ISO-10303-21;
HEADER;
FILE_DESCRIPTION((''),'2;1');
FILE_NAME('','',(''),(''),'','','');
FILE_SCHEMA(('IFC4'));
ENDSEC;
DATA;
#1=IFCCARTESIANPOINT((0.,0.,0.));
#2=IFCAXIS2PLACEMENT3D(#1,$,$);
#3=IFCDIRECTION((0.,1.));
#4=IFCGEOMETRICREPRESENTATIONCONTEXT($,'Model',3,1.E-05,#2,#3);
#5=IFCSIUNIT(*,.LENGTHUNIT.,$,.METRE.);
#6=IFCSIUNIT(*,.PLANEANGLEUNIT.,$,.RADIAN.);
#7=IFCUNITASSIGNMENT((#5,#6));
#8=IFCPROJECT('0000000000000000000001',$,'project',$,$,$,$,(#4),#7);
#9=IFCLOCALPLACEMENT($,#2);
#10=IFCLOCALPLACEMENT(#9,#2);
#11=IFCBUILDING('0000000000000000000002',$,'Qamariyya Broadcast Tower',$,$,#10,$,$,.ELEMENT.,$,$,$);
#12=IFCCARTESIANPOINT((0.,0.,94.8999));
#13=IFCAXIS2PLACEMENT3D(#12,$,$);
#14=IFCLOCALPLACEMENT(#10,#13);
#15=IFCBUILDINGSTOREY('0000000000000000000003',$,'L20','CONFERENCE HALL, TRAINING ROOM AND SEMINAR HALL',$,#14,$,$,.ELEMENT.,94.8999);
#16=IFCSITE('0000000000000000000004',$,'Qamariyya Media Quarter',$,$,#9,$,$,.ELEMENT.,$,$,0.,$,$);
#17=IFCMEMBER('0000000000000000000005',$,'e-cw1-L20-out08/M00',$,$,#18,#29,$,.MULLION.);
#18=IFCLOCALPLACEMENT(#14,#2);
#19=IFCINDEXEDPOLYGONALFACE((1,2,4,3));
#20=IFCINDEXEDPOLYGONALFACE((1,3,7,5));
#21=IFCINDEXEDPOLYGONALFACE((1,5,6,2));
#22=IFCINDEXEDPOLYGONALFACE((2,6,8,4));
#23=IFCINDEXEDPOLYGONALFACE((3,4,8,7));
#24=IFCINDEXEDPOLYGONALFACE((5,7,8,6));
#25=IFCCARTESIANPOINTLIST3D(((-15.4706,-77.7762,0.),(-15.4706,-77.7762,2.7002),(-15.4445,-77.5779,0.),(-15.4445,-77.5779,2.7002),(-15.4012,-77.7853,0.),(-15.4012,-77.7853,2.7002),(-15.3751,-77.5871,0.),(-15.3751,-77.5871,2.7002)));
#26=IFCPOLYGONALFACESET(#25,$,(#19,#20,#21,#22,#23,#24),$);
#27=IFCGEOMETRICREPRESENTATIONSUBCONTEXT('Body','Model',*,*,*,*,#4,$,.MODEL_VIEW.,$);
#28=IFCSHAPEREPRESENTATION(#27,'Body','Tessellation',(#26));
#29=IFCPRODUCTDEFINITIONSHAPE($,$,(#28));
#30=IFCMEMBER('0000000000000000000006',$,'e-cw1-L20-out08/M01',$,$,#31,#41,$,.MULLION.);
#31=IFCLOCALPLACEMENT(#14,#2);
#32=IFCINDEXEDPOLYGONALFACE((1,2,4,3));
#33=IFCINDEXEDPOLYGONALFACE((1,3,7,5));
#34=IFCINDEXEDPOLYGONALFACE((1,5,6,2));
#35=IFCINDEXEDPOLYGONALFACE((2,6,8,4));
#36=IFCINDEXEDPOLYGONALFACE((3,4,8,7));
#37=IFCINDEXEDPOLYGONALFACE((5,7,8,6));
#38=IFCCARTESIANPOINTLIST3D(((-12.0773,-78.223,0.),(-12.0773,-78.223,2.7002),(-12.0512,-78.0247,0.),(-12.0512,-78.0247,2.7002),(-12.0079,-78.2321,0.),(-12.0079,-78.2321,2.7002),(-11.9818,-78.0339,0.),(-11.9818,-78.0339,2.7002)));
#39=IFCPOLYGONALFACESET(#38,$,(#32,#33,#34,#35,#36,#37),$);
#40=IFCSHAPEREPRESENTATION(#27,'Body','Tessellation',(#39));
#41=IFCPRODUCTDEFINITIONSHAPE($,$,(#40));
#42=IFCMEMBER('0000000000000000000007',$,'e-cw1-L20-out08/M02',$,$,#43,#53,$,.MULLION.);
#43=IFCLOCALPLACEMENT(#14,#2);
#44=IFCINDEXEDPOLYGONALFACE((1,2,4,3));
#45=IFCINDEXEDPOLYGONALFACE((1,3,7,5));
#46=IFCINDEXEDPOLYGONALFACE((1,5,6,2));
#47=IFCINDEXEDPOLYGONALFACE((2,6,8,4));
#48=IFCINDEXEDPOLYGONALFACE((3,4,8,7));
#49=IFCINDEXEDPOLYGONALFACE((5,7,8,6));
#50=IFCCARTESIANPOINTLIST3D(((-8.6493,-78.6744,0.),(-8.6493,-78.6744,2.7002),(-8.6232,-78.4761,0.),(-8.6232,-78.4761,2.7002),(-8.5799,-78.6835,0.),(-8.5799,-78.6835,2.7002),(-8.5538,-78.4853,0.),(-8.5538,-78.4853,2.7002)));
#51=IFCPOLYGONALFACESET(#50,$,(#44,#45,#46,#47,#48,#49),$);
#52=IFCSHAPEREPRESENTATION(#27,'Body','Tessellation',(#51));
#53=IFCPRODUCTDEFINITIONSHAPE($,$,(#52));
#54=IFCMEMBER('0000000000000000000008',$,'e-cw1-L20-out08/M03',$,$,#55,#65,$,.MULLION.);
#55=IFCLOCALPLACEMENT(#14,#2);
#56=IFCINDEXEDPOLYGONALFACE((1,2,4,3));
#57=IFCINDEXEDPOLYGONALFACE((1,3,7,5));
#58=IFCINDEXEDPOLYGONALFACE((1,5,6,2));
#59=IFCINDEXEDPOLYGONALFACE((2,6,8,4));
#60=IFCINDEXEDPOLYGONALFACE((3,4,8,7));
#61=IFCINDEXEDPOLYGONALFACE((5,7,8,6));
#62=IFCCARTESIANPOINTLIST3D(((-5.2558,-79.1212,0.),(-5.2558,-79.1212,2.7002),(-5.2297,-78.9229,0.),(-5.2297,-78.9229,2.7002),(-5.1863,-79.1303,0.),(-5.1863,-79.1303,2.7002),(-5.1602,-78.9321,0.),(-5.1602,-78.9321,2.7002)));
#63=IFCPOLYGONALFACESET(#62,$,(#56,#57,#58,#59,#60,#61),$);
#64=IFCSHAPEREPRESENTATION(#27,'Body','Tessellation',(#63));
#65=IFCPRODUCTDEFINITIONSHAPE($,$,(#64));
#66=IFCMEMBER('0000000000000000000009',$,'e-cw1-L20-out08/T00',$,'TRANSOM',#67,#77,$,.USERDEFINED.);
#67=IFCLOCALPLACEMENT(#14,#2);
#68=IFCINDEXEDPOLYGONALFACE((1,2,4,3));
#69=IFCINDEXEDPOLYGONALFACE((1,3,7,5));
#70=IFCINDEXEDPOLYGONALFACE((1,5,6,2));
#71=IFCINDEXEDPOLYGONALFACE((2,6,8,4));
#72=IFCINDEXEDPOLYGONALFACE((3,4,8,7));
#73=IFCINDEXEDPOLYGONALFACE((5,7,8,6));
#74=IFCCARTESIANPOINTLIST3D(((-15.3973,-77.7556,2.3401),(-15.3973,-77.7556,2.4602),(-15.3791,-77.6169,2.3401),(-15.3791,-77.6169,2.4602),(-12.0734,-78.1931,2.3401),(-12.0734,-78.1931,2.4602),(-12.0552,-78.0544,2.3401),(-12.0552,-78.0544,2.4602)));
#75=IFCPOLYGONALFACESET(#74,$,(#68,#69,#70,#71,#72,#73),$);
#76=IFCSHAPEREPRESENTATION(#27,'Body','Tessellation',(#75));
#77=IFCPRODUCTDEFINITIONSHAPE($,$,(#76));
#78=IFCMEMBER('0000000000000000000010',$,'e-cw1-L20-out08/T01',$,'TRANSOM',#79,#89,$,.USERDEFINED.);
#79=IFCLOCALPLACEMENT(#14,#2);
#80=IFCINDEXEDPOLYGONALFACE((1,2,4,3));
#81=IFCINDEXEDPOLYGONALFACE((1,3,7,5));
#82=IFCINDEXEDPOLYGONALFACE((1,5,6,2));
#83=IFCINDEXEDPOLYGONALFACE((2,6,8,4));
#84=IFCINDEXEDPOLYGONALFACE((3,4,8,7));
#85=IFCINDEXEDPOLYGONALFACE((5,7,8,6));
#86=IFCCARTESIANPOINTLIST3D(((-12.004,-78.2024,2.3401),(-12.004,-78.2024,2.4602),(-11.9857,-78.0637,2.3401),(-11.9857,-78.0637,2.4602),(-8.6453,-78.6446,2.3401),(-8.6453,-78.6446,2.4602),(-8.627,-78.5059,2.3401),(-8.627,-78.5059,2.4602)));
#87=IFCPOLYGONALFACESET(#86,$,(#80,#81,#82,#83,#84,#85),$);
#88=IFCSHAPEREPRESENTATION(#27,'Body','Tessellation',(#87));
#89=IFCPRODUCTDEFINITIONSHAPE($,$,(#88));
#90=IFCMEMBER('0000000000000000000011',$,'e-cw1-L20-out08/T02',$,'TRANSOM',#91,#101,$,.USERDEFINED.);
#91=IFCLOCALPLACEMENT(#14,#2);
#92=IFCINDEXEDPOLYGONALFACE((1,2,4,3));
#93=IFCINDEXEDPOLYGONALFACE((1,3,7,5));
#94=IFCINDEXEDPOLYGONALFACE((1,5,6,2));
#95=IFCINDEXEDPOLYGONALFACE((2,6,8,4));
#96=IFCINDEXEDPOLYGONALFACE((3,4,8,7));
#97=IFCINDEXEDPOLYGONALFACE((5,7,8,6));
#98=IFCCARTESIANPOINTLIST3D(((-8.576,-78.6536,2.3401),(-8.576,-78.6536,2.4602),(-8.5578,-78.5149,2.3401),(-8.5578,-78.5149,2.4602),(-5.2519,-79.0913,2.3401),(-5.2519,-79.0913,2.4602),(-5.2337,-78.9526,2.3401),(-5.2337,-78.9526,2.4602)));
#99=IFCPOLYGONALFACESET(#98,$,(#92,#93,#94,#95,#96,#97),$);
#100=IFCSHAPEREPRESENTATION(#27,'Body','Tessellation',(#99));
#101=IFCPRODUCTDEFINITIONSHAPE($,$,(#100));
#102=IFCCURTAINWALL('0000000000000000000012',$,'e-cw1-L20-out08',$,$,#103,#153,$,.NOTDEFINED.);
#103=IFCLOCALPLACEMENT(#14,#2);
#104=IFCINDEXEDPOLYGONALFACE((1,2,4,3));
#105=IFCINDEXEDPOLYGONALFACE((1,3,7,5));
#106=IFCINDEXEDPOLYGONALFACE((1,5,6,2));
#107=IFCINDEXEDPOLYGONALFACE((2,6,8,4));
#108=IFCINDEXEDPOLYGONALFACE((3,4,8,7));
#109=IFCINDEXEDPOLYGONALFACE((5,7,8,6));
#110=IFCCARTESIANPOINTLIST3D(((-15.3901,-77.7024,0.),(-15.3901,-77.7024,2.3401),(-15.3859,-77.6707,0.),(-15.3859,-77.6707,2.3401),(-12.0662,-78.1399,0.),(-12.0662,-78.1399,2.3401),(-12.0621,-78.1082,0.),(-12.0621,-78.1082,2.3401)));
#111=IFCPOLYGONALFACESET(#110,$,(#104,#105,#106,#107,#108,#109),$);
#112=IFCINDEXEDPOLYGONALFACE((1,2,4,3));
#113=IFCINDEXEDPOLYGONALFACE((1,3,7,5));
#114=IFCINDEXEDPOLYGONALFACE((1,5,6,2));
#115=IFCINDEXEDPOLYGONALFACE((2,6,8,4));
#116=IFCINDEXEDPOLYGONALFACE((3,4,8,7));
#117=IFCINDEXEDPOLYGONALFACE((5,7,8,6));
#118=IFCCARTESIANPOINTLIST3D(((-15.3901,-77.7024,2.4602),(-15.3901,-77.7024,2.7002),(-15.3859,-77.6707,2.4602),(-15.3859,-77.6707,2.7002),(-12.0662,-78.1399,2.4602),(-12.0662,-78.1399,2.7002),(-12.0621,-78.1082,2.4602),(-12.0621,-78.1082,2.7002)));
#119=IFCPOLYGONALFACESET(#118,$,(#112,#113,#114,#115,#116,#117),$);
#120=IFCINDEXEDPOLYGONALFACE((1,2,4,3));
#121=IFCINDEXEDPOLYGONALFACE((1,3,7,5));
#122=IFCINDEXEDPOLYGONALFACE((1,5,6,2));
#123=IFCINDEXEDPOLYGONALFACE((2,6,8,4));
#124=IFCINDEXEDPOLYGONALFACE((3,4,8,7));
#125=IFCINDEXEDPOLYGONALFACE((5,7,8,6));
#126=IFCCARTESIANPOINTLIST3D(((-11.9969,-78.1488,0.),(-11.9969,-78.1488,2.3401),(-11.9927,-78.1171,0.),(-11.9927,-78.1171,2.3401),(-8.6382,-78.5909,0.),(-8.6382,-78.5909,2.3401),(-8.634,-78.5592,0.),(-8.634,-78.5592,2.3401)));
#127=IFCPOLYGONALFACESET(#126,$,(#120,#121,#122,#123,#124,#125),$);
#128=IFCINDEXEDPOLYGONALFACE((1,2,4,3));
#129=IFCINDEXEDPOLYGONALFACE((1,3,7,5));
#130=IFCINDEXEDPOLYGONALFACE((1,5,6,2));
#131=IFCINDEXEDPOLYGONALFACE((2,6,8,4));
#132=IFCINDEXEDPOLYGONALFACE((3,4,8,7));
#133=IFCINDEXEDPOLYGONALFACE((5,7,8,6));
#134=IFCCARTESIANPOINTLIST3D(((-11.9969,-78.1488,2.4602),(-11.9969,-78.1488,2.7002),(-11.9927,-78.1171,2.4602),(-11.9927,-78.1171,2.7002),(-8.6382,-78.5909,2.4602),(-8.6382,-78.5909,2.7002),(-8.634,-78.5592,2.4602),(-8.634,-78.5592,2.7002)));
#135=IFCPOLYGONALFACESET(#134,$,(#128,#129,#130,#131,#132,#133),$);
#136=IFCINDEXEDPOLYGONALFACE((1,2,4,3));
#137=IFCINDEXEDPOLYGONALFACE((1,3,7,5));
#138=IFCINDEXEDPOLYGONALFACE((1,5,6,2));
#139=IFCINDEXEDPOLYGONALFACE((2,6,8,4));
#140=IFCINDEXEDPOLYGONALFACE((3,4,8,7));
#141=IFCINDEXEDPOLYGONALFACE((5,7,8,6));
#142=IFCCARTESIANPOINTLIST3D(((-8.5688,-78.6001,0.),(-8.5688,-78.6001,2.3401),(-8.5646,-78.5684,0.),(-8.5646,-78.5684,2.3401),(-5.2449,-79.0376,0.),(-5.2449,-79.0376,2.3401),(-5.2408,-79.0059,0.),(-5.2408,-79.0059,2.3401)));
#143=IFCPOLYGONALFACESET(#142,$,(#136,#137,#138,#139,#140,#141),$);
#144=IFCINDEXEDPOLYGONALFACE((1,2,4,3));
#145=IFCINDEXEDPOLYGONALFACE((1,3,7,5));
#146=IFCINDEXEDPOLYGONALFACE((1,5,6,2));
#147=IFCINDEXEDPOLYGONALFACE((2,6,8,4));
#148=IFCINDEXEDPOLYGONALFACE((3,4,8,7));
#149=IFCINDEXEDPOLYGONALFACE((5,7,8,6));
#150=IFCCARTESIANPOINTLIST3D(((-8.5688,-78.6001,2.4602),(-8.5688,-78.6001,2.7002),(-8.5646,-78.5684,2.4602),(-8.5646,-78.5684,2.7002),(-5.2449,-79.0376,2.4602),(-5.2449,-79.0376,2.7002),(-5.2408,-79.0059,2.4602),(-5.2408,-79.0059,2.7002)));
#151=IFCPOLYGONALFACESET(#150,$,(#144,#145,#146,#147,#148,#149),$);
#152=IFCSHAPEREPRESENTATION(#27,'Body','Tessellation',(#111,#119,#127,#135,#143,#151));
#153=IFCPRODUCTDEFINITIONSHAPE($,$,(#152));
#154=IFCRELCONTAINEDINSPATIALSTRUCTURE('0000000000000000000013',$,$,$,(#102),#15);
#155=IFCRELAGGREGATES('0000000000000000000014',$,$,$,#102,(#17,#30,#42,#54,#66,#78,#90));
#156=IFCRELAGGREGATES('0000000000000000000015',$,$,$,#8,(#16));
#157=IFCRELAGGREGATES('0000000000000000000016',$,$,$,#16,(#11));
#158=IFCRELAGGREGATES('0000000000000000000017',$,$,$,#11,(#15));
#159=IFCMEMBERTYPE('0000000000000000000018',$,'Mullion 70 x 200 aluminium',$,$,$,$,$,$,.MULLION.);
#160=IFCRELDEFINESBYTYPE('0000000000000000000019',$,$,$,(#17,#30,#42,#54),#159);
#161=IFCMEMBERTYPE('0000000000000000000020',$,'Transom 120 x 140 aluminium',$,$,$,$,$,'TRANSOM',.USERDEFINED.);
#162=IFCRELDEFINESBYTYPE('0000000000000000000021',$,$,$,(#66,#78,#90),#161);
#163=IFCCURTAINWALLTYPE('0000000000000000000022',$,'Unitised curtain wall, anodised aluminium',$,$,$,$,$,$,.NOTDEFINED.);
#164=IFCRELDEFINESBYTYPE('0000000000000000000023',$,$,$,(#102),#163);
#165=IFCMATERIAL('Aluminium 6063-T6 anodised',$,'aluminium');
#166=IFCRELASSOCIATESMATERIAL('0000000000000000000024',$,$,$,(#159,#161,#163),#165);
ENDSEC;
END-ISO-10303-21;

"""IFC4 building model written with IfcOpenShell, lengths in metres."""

from ifc_helpers import new_model, si_unit, direction, frame, origin, origin_2d, place, context, subcontext, project, spatial, rectangle, extrude, material, material_profile, profile_set, type_object, element, aggregate, save


model = new_model("IFC4")

# Units and contexts
model_context = context("Model", 3, precision=1e-05, world=origin(), true_north=direction((0.0, 1.0)))
body_context = subcontext(model_context, "Body", "Model", "MODEL_VIEW")
ifc_project = project(units=[si_unit("LENGTHUNIT", "METRE"), si_unit("PLANEANGLEUNIT", "RADIAN")], contexts=[model_context])

# Members
ifc_material = material(Name="Aluminium 6063-T6 anodised", Category="aluminium")
ifc_material_profile_1 = material_profile(ifc_material, rectangle(XDim=0.2, YDim=0.0701, at=origin_2d()))
ifc_profile_set_1 = profile_set([ifc_material_profile_1], Name="Aluminium 6063-T6 anodised")
member_type_1 = type_object("IfcMemberType", Name="Mullion 70 x 200 aluminium", PredefinedType="MULLION", material=ifc_profile_set_1)
site_placement = place(None, origin())
building_placement = place(site_placement, origin())
storey_placement = place(building_placement, frame((0.0, 0.0, 94.8999)))
member_1_placement = place(storey_placement, frame((-15.4229, -77.6816, 0.0), z_axis=(0.0, 0.0, 1.0), x_axis=(0.130526, 0.991445, 0.0)))
member_1 = element("IfcMember", 1, at=member_1_placement, type_object=member_type_1, Name="e-cw1-L20-out08/M00", PredefinedType="MULLION", context=body_context, shape_type="SweptSolid", body=[
    extrude(rectangle(XDim=0.2, YDim=0.0701, at=origin_2d()), origin(), (0.0, 0.0, 1.0), 2.7002),
])
member_2_placement = place(storey_placement, frame((-12.0295, -78.1284, 0.0), z_axis=(0.0, 0.0, 1.0), x_axis=(0.130526, 0.991445, 0.0)))
member_2 = element("IfcMember", 2, at=member_2_placement, type_object=member_type_1, Name="e-cw1-L20-out08/M01", PredefinedType="MULLION", context=body_context, shape_type="SweptSolid", body=[
    extrude(rectangle(XDim=0.2, YDim=0.0701, at=origin_2d()), origin(), (0.0, 0.0, 1.0), 2.7002),
])
member_3_placement = place(storey_placement, frame((-8.6016, -78.5798, 0.0), z_axis=(0.0, 0.0, 1.0), x_axis=(0.130526, 0.991445, 0.0)))
member_3 = element("IfcMember", 3, at=member_3_placement, type_object=member_type_1, Name="e-cw1-L20-out08/M02", PredefinedType="MULLION", context=body_context, shape_type="SweptSolid", body=[
    extrude(rectangle(XDim=0.2, YDim=0.0701, at=origin_2d()), origin(), (0.0, 0.0, 1.0), 2.7002),
])
member_4_placement = place(storey_placement, frame((-5.208, -79.0266, 0.0), z_axis=(0.0, 0.0, 1.0), x_axis=(0.130526, 0.991445, 0.0)))
member_4 = element("IfcMember", 4, at=member_4_placement, type_object=member_type_1, Name="e-cw1-L20-out08/M03", PredefinedType="MULLION", context=body_context, shape_type="SweptSolid", body=[
    extrude(rectangle(XDim=0.2, YDim=0.0701, at=origin_2d()), origin(), (0.0, 0.0, 1.0), 2.7002),
])
ifc_material_profile_2 = material_profile(ifc_material, rectangle(XDim=0.1399, YDim=0.1201, at=origin_2d()))
ifc_profile_set_2 = profile_set([ifc_material_profile_2], Name="Aluminium 6063-T6 anodised")
member_type_2 = type_object("IfcMemberType", Name="Transom 120 x 140 aluminium", ElementType="TRANSOM", PredefinedType="USERDEFINED", material=ifc_profile_set_2)
member_5_placement = place(storey_placement, frame((-15.3882, -77.6863, 2.4001), z_axis=(0.991449, -0.130494, 0.0), x_axis=(0.130494, 0.991449, 0.0)))
member_5 = element("IfcMember", 5, at=member_5_placement, type_object=member_type_2, Name="e-cw1-L20-out08/T00", ObjectType="TRANSOM", PredefinedType="USERDEFINED", context=body_context, shape_type="SweptSolid", body=[
    extrude(rectangle(XDim=0.1399, YDim=0.1201, at=origin_2d()), origin(), (0.0, 0.0, 1.0), 3.3525),
])
member_6_placement = place(storey_placement, frame((-11.9949, -78.1331, 2.4001), z_axis=(0.991446, -0.130516, 0.0), x_axis=(0.130516, 0.991446, 0.0)))
member_6 = element("IfcMember", 6, at=member_6_placement, type_object=member_type_2, Name="e-cw1-L20-out08/T01", ObjectType="TRANSOM", PredefinedType="USERDEFINED", context=body_context, shape_type="SweptSolid", body=[
    extrude(rectangle(XDim=0.1399, YDim=0.1201, at=origin_2d()), origin(), (0.0, 0.0, 1.0), 3.3877),
])
member_7_placement = place(storey_placement, frame((-8.5669, -78.5842, 2.4001), z_axis=(0.99144, -0.130566, 0.0), x_axis=(0.130566, 0.99144, 0.0)))
member_7 = element("IfcMember", 7, at=member_7_placement, type_object=member_type_2, Name="e-cw1-L20-out08/T02", ObjectType="TRANSOM", PredefinedType="USERDEFINED", context=body_context, shape_type="SweptSolid", body=[
    extrude(rectangle(XDim=0.1399, YDim=0.1201, at=origin_2d()), origin(), (0.0, 0.0, 1.0), 3.3528),
])

# Site, building, storey
site = spatial("IfcSite", under=ifc_project, at=site_placement, Name="Qamariyya Media Quarter", CompositionType="ELEMENT", RefElevation=0.0)
building = spatial("IfcBuilding", under=site, at=building_placement, Name="Qamariyya Broadcast Tower", CompositionType="ELEMENT")
storey = spatial("IfcBuildingStorey", under=building, at=storey_placement, Name="L20", Description="CONFERENCE HALL, TRAINING ROOM AND SEMINAR HALL", CompositionType="ELEMENT", Elevation=94.8999)

# Curtain wall
curtain_wall_type = type_object("IfcCurtainWallType", Name="Unitised curtain wall, anodised aluminium", PredefinedType="NOTDEFINED", material=ifc_material)
curtain_wall_1_placement = place(storey_placement, origin())
curtain_wall_1 = element("IfcCurtainWall", 8, at=curtain_wall_1_placement, inside=storey, type_object=curtain_wall_type, Name="e-cw1-L20-out08", PredefinedType="NOTDEFINED", context=body_context, shape_type="SweptSolid", body=[
    extrude(rectangle(XDim=3.3525, YDim=0.032, at=origin_2d()), frame((-13.7261, -77.9053, 0.0), x_axis=(0.991447, -0.130509, 0.0)), (0.0, 0.0, 1.0), 2.3401),
    extrude(rectangle(XDim=3.3525, YDim=0.032, at=origin_2d()), frame((-13.7261, -77.9053, 2.4602), x_axis=(0.991447, -0.130509, 0.0)), (0.0, 0.0, 1.0), 0.24),
    extrude(rectangle(XDim=3.3877, YDim=0.032, at=origin_2d()), frame((-10.3154, -78.354, 0.0), x_axis=(0.991447, -0.130509, 0.0)), (0.0, 0.0, 1.0), 2.3401),
    extrude(rectangle(XDim=3.3877, YDim=0.032, at=origin_2d()), frame((-10.3154, -78.354, 2.4602), x_axis=(0.991447, -0.130509, 0.0)), (0.0, 0.0, 1.0), 0.24),
    extrude(rectangle(XDim=3.3525, YDim=0.032, at=origin_2d()), frame((-6.9048, -78.803, 0.0), x_axis=(0.991447, -0.130509, 0.0)), (0.0, 0.0, 1.0), 2.3401),
    extrude(rectangle(XDim=3.3525, YDim=0.032, at=origin_2d()), frame((-6.9048, -78.803, 2.4602), x_axis=(0.991447, -0.130509, 0.0)), (0.0, 0.0, 1.0), 0.24),
])
aggregate(curtain_wall_1, [member_1, member_2, member_3, member_4, member_5, member_6, member_7])

save(model, "model.ifc")
